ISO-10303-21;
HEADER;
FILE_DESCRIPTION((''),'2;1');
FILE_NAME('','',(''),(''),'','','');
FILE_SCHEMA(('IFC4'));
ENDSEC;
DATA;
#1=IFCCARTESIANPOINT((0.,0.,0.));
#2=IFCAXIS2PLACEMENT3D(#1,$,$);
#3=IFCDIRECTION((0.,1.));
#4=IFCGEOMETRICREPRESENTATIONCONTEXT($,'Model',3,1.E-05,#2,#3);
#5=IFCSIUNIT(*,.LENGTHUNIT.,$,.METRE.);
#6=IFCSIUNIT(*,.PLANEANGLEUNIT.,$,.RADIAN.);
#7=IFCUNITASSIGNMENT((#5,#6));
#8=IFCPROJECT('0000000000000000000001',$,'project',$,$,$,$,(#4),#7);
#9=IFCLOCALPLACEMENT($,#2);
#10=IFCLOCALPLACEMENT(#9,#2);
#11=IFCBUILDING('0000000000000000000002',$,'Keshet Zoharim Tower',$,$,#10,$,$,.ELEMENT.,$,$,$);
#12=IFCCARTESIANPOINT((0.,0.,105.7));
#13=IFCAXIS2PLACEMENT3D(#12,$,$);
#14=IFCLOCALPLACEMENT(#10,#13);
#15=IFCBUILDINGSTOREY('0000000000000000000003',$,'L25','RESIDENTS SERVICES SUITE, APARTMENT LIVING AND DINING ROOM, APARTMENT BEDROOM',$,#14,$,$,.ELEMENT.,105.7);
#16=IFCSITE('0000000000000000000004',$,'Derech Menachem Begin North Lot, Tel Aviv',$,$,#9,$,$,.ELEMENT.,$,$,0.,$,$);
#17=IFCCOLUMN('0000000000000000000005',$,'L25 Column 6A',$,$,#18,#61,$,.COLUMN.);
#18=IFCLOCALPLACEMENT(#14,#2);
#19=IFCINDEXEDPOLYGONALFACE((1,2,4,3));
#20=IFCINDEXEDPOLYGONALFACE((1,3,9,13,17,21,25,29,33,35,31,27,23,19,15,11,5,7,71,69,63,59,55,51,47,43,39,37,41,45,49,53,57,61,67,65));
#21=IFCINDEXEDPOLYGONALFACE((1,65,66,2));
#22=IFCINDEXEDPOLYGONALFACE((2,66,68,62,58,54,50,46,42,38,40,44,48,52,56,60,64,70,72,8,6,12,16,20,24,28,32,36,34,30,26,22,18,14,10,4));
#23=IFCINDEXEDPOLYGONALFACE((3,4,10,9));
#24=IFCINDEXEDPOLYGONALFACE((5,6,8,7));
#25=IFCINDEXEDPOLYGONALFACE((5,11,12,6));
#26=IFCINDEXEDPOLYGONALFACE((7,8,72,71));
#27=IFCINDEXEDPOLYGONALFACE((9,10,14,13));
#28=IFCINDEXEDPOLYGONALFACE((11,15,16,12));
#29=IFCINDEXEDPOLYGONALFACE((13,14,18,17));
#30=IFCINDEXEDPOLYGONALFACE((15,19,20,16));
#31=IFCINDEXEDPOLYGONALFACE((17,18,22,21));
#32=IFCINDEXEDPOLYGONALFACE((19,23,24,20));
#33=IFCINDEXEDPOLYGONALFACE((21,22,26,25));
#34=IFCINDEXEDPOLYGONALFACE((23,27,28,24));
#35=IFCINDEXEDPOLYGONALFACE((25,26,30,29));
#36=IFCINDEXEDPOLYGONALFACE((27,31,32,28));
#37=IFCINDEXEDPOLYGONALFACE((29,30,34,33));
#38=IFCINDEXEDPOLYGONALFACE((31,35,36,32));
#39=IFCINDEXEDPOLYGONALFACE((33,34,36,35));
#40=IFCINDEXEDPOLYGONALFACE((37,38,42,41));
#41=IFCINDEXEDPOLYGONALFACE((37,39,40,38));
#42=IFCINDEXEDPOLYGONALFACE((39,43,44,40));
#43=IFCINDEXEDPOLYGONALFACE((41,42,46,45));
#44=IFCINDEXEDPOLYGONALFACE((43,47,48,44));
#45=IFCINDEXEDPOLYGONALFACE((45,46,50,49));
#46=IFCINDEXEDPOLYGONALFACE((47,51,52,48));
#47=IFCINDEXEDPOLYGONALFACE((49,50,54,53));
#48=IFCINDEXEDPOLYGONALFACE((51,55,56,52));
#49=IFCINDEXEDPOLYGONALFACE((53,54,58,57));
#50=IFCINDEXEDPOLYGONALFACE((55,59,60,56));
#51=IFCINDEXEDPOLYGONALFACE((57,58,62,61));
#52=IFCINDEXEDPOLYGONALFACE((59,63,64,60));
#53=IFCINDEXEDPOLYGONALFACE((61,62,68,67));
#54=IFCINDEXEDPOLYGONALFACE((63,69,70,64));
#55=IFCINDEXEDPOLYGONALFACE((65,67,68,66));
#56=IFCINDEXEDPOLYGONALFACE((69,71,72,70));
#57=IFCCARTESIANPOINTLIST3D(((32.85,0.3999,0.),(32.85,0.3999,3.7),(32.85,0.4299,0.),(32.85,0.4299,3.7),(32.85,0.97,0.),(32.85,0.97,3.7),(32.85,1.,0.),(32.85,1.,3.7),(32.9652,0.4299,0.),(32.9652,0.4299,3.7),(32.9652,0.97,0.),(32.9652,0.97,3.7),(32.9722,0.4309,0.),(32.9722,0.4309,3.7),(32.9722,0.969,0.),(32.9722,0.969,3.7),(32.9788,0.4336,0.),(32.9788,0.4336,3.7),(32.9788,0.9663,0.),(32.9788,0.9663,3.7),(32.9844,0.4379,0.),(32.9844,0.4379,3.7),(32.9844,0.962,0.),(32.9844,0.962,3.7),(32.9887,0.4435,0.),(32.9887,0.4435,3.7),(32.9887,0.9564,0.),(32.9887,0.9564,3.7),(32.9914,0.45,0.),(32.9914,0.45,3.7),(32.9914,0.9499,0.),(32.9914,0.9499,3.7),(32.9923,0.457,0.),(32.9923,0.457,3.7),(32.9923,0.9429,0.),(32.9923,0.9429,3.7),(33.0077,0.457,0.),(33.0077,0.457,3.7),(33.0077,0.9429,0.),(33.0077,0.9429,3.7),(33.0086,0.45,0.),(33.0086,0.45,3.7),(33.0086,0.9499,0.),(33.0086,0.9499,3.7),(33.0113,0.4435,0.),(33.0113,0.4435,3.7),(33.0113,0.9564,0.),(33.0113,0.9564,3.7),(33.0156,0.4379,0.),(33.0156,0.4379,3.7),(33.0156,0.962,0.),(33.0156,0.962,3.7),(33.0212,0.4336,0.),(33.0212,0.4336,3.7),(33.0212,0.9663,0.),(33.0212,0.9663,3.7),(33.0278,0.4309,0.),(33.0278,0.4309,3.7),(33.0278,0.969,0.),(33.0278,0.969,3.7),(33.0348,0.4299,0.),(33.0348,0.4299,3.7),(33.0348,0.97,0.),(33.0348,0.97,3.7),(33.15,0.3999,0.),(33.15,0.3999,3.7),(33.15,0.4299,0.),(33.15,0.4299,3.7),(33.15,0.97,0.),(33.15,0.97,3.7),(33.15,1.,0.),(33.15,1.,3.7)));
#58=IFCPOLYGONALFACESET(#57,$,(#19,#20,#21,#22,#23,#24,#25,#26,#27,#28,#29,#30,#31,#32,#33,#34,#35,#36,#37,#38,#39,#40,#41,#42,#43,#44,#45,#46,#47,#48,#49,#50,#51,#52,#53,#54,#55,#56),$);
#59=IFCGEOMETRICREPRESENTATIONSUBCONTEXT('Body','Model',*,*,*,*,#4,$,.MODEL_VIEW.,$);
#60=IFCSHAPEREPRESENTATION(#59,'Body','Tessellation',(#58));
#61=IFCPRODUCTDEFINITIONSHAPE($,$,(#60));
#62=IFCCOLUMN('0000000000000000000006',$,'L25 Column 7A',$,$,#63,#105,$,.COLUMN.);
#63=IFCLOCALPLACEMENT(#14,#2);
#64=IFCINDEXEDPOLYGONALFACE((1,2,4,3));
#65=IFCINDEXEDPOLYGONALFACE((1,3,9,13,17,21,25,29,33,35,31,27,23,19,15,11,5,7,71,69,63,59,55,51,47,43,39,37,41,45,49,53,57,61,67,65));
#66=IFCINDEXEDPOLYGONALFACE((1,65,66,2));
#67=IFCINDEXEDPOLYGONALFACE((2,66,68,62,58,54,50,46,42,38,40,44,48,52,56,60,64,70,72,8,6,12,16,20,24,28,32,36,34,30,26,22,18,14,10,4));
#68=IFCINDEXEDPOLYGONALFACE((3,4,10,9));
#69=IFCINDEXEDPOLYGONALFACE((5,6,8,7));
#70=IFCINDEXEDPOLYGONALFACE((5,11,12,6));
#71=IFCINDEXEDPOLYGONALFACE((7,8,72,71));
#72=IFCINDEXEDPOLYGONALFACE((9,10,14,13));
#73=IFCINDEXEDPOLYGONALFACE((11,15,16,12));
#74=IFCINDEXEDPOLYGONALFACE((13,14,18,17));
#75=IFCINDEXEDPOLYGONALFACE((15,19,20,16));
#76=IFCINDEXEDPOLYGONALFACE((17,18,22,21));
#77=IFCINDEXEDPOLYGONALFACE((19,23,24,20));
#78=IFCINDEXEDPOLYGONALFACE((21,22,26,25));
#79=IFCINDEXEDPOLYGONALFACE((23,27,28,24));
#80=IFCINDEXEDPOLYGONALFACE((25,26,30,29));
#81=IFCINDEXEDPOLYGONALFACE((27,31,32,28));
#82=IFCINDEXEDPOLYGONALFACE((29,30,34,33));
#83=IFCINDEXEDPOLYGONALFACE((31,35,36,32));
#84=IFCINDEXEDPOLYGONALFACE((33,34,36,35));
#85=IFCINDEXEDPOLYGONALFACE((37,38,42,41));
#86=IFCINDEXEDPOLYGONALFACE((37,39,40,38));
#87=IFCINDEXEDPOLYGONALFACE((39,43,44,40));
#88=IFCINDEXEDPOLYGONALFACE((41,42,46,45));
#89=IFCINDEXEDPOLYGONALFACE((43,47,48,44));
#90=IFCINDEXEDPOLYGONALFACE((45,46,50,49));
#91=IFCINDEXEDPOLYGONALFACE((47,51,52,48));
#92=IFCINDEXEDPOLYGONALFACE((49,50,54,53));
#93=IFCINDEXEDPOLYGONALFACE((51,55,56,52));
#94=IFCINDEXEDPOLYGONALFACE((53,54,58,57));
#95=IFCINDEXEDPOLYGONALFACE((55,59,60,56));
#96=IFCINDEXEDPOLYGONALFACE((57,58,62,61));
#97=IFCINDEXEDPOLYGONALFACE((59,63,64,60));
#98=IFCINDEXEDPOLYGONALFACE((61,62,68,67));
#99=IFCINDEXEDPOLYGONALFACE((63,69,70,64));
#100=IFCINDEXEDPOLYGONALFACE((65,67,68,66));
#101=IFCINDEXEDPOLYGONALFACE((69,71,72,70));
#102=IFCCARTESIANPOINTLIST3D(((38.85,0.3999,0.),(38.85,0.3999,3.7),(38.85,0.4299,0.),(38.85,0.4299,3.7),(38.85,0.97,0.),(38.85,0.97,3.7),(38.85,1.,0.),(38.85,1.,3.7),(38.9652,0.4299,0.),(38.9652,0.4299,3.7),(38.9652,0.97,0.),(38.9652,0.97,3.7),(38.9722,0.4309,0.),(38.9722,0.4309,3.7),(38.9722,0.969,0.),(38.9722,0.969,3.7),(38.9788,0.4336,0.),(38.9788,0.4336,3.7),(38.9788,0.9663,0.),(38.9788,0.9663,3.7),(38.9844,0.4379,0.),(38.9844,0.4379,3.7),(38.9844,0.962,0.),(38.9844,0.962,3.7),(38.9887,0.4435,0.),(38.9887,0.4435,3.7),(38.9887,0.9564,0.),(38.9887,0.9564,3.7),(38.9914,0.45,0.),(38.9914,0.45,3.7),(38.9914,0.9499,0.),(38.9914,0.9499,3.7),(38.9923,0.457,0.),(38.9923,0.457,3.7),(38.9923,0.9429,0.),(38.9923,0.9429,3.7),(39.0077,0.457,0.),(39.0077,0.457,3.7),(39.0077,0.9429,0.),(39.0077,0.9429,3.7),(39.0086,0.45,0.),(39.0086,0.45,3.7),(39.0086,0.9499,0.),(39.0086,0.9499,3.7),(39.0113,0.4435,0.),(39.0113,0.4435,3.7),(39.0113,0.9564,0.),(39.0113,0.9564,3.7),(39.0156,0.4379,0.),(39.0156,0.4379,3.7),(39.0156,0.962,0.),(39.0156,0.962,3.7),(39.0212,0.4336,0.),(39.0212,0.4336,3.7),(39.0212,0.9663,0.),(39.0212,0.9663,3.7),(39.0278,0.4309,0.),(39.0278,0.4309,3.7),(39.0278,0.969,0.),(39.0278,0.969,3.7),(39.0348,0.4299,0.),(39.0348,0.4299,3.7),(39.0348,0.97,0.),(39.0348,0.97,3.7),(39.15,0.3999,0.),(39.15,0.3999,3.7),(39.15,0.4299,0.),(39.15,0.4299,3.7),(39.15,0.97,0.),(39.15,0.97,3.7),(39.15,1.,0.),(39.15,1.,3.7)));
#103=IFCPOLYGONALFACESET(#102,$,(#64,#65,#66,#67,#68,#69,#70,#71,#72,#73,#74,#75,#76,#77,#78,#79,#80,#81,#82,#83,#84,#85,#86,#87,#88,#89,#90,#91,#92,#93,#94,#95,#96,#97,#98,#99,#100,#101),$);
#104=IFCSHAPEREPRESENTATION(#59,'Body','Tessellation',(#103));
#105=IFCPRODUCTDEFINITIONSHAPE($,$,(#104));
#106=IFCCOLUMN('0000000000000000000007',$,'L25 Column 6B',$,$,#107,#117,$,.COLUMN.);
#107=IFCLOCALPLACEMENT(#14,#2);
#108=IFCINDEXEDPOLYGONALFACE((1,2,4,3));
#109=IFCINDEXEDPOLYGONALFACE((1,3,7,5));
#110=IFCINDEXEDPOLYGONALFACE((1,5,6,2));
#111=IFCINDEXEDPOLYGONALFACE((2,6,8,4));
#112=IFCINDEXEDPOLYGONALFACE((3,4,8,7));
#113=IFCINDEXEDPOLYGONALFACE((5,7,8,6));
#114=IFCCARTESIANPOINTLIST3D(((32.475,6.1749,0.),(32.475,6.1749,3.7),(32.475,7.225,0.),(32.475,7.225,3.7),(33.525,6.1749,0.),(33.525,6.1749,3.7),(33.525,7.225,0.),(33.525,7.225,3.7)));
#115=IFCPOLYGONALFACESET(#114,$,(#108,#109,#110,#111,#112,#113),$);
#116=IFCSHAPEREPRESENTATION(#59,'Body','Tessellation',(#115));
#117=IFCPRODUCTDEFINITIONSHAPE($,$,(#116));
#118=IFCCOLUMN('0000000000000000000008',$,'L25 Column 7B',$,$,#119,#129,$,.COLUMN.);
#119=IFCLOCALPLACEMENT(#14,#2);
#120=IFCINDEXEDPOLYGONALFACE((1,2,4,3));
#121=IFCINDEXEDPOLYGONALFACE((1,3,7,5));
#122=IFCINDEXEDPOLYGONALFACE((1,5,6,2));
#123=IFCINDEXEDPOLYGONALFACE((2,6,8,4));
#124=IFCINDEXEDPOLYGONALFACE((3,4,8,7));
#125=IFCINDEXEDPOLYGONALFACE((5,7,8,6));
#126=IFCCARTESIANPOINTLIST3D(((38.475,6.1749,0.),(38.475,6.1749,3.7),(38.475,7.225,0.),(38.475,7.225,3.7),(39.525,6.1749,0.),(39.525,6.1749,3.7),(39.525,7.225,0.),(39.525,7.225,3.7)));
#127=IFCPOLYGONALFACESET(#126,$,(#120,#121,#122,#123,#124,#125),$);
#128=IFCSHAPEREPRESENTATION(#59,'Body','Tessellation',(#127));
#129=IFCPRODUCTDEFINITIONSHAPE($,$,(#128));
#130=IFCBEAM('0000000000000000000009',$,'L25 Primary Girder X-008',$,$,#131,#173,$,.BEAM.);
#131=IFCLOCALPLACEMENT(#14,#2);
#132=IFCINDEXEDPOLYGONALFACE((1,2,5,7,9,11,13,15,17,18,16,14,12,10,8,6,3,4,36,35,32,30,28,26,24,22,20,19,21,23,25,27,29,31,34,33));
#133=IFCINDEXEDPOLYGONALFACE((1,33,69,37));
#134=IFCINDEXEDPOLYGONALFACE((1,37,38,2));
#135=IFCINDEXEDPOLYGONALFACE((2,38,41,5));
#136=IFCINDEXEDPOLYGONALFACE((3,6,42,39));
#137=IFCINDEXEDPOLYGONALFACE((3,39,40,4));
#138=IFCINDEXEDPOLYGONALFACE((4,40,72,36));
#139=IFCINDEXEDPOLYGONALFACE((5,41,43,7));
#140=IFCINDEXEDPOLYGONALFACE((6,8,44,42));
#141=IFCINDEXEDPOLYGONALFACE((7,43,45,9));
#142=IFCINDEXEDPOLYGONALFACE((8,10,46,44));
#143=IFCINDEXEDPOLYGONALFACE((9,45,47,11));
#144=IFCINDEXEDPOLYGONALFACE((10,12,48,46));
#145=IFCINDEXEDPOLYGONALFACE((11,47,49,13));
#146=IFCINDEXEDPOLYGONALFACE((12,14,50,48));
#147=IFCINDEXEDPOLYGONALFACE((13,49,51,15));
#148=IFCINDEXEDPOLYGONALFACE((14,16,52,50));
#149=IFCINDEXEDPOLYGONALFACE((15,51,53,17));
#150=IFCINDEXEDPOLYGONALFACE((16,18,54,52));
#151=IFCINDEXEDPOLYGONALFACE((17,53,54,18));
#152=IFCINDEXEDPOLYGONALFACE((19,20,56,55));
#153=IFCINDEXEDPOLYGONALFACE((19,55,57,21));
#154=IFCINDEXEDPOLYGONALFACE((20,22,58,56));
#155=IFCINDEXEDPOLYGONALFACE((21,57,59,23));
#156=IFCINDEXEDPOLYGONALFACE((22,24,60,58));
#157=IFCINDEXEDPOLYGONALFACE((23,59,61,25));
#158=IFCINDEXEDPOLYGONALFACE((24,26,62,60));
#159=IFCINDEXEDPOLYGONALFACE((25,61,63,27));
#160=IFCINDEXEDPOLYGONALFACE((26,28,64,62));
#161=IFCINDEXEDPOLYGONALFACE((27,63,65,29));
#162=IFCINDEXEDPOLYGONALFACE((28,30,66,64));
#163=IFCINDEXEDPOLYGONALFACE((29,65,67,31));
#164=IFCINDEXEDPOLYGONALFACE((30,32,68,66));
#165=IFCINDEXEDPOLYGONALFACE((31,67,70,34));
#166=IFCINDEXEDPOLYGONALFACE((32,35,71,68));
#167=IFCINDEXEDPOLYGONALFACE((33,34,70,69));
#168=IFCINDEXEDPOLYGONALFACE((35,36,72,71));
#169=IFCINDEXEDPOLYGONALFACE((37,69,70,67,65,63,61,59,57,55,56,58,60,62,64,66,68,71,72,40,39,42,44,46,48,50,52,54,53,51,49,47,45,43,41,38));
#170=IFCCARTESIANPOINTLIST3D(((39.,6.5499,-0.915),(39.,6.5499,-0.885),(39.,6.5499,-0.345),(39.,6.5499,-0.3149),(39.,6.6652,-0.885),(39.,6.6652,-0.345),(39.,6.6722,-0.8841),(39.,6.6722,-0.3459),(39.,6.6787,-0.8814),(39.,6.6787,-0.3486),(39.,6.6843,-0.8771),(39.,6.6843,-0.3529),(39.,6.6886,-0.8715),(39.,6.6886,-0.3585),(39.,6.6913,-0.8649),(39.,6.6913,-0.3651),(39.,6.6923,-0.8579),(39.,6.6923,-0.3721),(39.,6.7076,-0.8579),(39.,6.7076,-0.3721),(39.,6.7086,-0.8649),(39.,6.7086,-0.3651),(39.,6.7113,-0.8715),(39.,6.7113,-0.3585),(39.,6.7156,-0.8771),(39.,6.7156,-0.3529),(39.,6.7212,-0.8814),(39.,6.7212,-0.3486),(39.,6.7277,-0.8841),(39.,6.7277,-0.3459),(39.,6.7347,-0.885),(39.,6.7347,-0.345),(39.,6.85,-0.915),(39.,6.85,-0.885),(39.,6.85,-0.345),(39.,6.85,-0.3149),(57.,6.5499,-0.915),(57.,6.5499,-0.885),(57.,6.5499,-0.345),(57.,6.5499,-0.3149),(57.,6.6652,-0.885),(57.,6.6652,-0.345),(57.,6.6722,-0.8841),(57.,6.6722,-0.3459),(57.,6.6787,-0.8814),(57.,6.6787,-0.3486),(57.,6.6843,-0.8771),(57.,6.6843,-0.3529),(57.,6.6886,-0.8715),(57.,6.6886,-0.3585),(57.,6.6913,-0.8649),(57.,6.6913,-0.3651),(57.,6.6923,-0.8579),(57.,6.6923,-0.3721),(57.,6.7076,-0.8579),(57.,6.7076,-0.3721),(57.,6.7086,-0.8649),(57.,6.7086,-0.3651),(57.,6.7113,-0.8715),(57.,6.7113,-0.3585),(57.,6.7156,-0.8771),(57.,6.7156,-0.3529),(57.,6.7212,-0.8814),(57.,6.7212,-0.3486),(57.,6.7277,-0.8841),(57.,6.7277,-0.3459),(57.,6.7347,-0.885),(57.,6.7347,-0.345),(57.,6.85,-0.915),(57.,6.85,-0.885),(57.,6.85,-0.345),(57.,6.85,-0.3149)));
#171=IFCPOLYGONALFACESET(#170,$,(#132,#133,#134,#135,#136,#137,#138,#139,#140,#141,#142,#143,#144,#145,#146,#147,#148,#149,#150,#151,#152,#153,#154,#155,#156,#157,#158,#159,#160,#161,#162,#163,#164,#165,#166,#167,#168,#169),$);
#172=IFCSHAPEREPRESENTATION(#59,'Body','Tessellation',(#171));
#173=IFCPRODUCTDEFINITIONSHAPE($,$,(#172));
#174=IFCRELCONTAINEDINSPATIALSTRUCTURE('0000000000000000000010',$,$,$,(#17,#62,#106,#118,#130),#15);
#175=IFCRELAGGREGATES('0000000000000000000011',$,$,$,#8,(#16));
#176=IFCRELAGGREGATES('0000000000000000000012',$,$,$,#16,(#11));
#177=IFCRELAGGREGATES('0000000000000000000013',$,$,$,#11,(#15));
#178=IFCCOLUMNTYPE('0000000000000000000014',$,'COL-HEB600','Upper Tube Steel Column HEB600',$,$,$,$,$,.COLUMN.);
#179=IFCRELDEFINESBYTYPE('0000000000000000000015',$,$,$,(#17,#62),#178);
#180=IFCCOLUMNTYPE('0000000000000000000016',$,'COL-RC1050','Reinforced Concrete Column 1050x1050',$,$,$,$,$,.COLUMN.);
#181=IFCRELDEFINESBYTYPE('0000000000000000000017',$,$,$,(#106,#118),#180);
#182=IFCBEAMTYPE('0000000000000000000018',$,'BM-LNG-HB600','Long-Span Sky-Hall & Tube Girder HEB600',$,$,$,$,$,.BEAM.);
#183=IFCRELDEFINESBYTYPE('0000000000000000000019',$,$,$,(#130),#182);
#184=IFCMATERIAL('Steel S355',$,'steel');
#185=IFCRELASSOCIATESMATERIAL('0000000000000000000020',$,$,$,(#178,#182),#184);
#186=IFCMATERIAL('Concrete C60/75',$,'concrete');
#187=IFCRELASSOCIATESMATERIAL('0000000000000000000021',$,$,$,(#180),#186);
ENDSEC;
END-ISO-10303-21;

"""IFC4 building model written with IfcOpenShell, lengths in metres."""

from ifc_helpers import new_model, si_unit, direction, frame, origin, origin_2d, place, context, subcontext, project, spatial, rectangle, i_section, extrude, material, material_profile, profile_set, type_object, element, save


model = new_model("IFC4")

# Units and contexts
model_context = context("Model", 3, precision=1e-05, world=origin(), true_north=direction((0.0, 1.0)))
body_context = subcontext(model_context, "Body", "Model", "MODEL_VIEW")
ifc_project = project(units=[si_unit("LENGTHUNIT", "METRE"), si_unit("PLANEANGLEUNIT", "RADIAN")], contexts=[model_context])

# Site, building, storey
site_placement = place(None, origin())
site = spatial("IfcSite", under=ifc_project, at=site_placement, Name="Derech Menachem Begin North Lot, Tel Aviv", CompositionType="ELEMENT", RefElevation=0.0)
building_placement = place(site_placement, origin())
building = spatial("IfcBuilding", under=site, at=building_placement, Name="Keshet Zoharim Tower", CompositionType="ELEMENT")
storey_placement = place(building_placement, frame((0.0, 0.0, 105.7)))
storey = spatial("IfcBuildingStorey", under=building, at=storey_placement, Name="L25", Description="RESIDENTS SERVICES SUITE, APARTMENT LIVING AND DINING ROOM, APARTMENT BEDROOM", CompositionType="ELEMENT", Elevation=105.7)

# Columns
ifc_material_1 = material(Name="Steel S355", Category="steel")
ifc_material_profile_1 = material_profile(ifc_material_1, i_section(OverallWidth=0.3, OverallDepth=0.6001, WebThickness=0.0154, FlangeThickness=0.03, FilletRadius=0.0271, at=origin_2d()), Name="HEB600")
ifc_profile_set_1 = profile_set([ifc_material_profile_1], Name="Steel S355")
column_type_1 = type_object("IfcColumnType", Name="COL-HEB600", Description="Upper Tube Steel Column HEB600", PredefinedType="COLUMN", material=ifc_profile_set_1)
for number, where, z_axis, x_axis, name in (
    (1, (33.0, 0.7, 0.0), (0.0, 0.0, 1.0), (1.0, 0.0, 0.0), "L25 Column 6A"),
    (2, (39.0, 0.7, 0.0), (0.0, 0.0, 1.0), (1.0, 0.0, 0.0), "L25 Column 7A"),
):
    element("IfcColumn", number, at=place(storey_placement, frame(where, z_axis=z_axis, x_axis=x_axis)), inside=storey, type_object=column_type_1, Name=name, PredefinedType="COLUMN", context=body_context, shape_type="SweptSolid", body=[
        extrude(i_section(OverallWidth=0.3, OverallDepth=0.6001, WebThickness=0.0154, FlangeThickness=0.03, FilletRadius=0.0271, at=origin_2d()), origin(), (0.0, 0.0, 1.0), 3.7),
    ])
ifc_material_2 = material(Name="Concrete C60/75", Category="concrete")
ifc_material_profile_2 = material_profile(ifc_material_2, rectangle(XDim=1.05, YDim=1.05, at=origin_2d()), Name="RC1050x1050")
ifc_profile_set_2 = profile_set([ifc_material_profile_2], Name="Concrete C60/75")
column_type_2 = type_object("IfcColumnType", Name="COL-RC1050", Description="Reinforced Concrete Column 1050x1050", PredefinedType="COLUMN", material=ifc_profile_set_2)
for number, where, z_axis, x_axis, name in (
    (3, (33.0, 6.7, 0.0), (0.0, 0.0, 1.0), (1.0, 0.0, 0.0), "L25 Column 6B"),
    (4, (39.0, 6.7, 0.0), (0.0, 0.0, 1.0), (1.0, 0.0, 0.0), "L25 Column 7B"),
):
    element("IfcColumn", number, at=place(storey_placement, frame(where, z_axis=z_axis, x_axis=x_axis)), inside=storey, type_object=column_type_2, Name=name, PredefinedType="COLUMN", context=body_context, shape_type="SweptSolid", body=[
        extrude(rectangle(XDim=1.05, YDim=1.05, at=origin_2d()), origin(), (0.0, 0.0, 1.0), 3.7),
    ])

# Beam
ifc_material_profile_3 = material_profile(ifc_material_1, i_section(OverallWidth=0.3, OverallDepth=0.6001, WebThickness=0.0154, FlangeThickness=0.03, FilletRadius=0.0271, at=origin_2d()), Name="HEB600")
ifc_profile_set_3 = profile_set([ifc_material_profile_3], Name="Steel S355")
beam_type_1 = type_object("IfcBeamType", Name="BM-LNG-HB600", Description="Long-Span Sky-Hall & Tube Girder HEB600", PredefinedType="BEAM", material=ifc_profile_set_3)
beam_placement = place(storey_placement, frame((39.0, 6.7, -0.615), z_axis=(1.0, 0.0, 0.0), x_axis=(0.0, 1.0, 0.0)))
element("IfcBeam", 5, at=beam_placement, inside=storey, type_object=beam_type_1, Name="L25 Primary Girder X-008", PredefinedType="BEAM", context=body_context, shape_type="SweptSolid", body=[
    extrude(i_section(OverallWidth=0.3, OverallDepth=0.6001, WebThickness=0.0154, FlangeThickness=0.03, FilletRadius=0.0271, at=origin_2d()), origin(), (0.0, 0.0, 1.0), 18.0),
])

save(model, "model.ifc")
